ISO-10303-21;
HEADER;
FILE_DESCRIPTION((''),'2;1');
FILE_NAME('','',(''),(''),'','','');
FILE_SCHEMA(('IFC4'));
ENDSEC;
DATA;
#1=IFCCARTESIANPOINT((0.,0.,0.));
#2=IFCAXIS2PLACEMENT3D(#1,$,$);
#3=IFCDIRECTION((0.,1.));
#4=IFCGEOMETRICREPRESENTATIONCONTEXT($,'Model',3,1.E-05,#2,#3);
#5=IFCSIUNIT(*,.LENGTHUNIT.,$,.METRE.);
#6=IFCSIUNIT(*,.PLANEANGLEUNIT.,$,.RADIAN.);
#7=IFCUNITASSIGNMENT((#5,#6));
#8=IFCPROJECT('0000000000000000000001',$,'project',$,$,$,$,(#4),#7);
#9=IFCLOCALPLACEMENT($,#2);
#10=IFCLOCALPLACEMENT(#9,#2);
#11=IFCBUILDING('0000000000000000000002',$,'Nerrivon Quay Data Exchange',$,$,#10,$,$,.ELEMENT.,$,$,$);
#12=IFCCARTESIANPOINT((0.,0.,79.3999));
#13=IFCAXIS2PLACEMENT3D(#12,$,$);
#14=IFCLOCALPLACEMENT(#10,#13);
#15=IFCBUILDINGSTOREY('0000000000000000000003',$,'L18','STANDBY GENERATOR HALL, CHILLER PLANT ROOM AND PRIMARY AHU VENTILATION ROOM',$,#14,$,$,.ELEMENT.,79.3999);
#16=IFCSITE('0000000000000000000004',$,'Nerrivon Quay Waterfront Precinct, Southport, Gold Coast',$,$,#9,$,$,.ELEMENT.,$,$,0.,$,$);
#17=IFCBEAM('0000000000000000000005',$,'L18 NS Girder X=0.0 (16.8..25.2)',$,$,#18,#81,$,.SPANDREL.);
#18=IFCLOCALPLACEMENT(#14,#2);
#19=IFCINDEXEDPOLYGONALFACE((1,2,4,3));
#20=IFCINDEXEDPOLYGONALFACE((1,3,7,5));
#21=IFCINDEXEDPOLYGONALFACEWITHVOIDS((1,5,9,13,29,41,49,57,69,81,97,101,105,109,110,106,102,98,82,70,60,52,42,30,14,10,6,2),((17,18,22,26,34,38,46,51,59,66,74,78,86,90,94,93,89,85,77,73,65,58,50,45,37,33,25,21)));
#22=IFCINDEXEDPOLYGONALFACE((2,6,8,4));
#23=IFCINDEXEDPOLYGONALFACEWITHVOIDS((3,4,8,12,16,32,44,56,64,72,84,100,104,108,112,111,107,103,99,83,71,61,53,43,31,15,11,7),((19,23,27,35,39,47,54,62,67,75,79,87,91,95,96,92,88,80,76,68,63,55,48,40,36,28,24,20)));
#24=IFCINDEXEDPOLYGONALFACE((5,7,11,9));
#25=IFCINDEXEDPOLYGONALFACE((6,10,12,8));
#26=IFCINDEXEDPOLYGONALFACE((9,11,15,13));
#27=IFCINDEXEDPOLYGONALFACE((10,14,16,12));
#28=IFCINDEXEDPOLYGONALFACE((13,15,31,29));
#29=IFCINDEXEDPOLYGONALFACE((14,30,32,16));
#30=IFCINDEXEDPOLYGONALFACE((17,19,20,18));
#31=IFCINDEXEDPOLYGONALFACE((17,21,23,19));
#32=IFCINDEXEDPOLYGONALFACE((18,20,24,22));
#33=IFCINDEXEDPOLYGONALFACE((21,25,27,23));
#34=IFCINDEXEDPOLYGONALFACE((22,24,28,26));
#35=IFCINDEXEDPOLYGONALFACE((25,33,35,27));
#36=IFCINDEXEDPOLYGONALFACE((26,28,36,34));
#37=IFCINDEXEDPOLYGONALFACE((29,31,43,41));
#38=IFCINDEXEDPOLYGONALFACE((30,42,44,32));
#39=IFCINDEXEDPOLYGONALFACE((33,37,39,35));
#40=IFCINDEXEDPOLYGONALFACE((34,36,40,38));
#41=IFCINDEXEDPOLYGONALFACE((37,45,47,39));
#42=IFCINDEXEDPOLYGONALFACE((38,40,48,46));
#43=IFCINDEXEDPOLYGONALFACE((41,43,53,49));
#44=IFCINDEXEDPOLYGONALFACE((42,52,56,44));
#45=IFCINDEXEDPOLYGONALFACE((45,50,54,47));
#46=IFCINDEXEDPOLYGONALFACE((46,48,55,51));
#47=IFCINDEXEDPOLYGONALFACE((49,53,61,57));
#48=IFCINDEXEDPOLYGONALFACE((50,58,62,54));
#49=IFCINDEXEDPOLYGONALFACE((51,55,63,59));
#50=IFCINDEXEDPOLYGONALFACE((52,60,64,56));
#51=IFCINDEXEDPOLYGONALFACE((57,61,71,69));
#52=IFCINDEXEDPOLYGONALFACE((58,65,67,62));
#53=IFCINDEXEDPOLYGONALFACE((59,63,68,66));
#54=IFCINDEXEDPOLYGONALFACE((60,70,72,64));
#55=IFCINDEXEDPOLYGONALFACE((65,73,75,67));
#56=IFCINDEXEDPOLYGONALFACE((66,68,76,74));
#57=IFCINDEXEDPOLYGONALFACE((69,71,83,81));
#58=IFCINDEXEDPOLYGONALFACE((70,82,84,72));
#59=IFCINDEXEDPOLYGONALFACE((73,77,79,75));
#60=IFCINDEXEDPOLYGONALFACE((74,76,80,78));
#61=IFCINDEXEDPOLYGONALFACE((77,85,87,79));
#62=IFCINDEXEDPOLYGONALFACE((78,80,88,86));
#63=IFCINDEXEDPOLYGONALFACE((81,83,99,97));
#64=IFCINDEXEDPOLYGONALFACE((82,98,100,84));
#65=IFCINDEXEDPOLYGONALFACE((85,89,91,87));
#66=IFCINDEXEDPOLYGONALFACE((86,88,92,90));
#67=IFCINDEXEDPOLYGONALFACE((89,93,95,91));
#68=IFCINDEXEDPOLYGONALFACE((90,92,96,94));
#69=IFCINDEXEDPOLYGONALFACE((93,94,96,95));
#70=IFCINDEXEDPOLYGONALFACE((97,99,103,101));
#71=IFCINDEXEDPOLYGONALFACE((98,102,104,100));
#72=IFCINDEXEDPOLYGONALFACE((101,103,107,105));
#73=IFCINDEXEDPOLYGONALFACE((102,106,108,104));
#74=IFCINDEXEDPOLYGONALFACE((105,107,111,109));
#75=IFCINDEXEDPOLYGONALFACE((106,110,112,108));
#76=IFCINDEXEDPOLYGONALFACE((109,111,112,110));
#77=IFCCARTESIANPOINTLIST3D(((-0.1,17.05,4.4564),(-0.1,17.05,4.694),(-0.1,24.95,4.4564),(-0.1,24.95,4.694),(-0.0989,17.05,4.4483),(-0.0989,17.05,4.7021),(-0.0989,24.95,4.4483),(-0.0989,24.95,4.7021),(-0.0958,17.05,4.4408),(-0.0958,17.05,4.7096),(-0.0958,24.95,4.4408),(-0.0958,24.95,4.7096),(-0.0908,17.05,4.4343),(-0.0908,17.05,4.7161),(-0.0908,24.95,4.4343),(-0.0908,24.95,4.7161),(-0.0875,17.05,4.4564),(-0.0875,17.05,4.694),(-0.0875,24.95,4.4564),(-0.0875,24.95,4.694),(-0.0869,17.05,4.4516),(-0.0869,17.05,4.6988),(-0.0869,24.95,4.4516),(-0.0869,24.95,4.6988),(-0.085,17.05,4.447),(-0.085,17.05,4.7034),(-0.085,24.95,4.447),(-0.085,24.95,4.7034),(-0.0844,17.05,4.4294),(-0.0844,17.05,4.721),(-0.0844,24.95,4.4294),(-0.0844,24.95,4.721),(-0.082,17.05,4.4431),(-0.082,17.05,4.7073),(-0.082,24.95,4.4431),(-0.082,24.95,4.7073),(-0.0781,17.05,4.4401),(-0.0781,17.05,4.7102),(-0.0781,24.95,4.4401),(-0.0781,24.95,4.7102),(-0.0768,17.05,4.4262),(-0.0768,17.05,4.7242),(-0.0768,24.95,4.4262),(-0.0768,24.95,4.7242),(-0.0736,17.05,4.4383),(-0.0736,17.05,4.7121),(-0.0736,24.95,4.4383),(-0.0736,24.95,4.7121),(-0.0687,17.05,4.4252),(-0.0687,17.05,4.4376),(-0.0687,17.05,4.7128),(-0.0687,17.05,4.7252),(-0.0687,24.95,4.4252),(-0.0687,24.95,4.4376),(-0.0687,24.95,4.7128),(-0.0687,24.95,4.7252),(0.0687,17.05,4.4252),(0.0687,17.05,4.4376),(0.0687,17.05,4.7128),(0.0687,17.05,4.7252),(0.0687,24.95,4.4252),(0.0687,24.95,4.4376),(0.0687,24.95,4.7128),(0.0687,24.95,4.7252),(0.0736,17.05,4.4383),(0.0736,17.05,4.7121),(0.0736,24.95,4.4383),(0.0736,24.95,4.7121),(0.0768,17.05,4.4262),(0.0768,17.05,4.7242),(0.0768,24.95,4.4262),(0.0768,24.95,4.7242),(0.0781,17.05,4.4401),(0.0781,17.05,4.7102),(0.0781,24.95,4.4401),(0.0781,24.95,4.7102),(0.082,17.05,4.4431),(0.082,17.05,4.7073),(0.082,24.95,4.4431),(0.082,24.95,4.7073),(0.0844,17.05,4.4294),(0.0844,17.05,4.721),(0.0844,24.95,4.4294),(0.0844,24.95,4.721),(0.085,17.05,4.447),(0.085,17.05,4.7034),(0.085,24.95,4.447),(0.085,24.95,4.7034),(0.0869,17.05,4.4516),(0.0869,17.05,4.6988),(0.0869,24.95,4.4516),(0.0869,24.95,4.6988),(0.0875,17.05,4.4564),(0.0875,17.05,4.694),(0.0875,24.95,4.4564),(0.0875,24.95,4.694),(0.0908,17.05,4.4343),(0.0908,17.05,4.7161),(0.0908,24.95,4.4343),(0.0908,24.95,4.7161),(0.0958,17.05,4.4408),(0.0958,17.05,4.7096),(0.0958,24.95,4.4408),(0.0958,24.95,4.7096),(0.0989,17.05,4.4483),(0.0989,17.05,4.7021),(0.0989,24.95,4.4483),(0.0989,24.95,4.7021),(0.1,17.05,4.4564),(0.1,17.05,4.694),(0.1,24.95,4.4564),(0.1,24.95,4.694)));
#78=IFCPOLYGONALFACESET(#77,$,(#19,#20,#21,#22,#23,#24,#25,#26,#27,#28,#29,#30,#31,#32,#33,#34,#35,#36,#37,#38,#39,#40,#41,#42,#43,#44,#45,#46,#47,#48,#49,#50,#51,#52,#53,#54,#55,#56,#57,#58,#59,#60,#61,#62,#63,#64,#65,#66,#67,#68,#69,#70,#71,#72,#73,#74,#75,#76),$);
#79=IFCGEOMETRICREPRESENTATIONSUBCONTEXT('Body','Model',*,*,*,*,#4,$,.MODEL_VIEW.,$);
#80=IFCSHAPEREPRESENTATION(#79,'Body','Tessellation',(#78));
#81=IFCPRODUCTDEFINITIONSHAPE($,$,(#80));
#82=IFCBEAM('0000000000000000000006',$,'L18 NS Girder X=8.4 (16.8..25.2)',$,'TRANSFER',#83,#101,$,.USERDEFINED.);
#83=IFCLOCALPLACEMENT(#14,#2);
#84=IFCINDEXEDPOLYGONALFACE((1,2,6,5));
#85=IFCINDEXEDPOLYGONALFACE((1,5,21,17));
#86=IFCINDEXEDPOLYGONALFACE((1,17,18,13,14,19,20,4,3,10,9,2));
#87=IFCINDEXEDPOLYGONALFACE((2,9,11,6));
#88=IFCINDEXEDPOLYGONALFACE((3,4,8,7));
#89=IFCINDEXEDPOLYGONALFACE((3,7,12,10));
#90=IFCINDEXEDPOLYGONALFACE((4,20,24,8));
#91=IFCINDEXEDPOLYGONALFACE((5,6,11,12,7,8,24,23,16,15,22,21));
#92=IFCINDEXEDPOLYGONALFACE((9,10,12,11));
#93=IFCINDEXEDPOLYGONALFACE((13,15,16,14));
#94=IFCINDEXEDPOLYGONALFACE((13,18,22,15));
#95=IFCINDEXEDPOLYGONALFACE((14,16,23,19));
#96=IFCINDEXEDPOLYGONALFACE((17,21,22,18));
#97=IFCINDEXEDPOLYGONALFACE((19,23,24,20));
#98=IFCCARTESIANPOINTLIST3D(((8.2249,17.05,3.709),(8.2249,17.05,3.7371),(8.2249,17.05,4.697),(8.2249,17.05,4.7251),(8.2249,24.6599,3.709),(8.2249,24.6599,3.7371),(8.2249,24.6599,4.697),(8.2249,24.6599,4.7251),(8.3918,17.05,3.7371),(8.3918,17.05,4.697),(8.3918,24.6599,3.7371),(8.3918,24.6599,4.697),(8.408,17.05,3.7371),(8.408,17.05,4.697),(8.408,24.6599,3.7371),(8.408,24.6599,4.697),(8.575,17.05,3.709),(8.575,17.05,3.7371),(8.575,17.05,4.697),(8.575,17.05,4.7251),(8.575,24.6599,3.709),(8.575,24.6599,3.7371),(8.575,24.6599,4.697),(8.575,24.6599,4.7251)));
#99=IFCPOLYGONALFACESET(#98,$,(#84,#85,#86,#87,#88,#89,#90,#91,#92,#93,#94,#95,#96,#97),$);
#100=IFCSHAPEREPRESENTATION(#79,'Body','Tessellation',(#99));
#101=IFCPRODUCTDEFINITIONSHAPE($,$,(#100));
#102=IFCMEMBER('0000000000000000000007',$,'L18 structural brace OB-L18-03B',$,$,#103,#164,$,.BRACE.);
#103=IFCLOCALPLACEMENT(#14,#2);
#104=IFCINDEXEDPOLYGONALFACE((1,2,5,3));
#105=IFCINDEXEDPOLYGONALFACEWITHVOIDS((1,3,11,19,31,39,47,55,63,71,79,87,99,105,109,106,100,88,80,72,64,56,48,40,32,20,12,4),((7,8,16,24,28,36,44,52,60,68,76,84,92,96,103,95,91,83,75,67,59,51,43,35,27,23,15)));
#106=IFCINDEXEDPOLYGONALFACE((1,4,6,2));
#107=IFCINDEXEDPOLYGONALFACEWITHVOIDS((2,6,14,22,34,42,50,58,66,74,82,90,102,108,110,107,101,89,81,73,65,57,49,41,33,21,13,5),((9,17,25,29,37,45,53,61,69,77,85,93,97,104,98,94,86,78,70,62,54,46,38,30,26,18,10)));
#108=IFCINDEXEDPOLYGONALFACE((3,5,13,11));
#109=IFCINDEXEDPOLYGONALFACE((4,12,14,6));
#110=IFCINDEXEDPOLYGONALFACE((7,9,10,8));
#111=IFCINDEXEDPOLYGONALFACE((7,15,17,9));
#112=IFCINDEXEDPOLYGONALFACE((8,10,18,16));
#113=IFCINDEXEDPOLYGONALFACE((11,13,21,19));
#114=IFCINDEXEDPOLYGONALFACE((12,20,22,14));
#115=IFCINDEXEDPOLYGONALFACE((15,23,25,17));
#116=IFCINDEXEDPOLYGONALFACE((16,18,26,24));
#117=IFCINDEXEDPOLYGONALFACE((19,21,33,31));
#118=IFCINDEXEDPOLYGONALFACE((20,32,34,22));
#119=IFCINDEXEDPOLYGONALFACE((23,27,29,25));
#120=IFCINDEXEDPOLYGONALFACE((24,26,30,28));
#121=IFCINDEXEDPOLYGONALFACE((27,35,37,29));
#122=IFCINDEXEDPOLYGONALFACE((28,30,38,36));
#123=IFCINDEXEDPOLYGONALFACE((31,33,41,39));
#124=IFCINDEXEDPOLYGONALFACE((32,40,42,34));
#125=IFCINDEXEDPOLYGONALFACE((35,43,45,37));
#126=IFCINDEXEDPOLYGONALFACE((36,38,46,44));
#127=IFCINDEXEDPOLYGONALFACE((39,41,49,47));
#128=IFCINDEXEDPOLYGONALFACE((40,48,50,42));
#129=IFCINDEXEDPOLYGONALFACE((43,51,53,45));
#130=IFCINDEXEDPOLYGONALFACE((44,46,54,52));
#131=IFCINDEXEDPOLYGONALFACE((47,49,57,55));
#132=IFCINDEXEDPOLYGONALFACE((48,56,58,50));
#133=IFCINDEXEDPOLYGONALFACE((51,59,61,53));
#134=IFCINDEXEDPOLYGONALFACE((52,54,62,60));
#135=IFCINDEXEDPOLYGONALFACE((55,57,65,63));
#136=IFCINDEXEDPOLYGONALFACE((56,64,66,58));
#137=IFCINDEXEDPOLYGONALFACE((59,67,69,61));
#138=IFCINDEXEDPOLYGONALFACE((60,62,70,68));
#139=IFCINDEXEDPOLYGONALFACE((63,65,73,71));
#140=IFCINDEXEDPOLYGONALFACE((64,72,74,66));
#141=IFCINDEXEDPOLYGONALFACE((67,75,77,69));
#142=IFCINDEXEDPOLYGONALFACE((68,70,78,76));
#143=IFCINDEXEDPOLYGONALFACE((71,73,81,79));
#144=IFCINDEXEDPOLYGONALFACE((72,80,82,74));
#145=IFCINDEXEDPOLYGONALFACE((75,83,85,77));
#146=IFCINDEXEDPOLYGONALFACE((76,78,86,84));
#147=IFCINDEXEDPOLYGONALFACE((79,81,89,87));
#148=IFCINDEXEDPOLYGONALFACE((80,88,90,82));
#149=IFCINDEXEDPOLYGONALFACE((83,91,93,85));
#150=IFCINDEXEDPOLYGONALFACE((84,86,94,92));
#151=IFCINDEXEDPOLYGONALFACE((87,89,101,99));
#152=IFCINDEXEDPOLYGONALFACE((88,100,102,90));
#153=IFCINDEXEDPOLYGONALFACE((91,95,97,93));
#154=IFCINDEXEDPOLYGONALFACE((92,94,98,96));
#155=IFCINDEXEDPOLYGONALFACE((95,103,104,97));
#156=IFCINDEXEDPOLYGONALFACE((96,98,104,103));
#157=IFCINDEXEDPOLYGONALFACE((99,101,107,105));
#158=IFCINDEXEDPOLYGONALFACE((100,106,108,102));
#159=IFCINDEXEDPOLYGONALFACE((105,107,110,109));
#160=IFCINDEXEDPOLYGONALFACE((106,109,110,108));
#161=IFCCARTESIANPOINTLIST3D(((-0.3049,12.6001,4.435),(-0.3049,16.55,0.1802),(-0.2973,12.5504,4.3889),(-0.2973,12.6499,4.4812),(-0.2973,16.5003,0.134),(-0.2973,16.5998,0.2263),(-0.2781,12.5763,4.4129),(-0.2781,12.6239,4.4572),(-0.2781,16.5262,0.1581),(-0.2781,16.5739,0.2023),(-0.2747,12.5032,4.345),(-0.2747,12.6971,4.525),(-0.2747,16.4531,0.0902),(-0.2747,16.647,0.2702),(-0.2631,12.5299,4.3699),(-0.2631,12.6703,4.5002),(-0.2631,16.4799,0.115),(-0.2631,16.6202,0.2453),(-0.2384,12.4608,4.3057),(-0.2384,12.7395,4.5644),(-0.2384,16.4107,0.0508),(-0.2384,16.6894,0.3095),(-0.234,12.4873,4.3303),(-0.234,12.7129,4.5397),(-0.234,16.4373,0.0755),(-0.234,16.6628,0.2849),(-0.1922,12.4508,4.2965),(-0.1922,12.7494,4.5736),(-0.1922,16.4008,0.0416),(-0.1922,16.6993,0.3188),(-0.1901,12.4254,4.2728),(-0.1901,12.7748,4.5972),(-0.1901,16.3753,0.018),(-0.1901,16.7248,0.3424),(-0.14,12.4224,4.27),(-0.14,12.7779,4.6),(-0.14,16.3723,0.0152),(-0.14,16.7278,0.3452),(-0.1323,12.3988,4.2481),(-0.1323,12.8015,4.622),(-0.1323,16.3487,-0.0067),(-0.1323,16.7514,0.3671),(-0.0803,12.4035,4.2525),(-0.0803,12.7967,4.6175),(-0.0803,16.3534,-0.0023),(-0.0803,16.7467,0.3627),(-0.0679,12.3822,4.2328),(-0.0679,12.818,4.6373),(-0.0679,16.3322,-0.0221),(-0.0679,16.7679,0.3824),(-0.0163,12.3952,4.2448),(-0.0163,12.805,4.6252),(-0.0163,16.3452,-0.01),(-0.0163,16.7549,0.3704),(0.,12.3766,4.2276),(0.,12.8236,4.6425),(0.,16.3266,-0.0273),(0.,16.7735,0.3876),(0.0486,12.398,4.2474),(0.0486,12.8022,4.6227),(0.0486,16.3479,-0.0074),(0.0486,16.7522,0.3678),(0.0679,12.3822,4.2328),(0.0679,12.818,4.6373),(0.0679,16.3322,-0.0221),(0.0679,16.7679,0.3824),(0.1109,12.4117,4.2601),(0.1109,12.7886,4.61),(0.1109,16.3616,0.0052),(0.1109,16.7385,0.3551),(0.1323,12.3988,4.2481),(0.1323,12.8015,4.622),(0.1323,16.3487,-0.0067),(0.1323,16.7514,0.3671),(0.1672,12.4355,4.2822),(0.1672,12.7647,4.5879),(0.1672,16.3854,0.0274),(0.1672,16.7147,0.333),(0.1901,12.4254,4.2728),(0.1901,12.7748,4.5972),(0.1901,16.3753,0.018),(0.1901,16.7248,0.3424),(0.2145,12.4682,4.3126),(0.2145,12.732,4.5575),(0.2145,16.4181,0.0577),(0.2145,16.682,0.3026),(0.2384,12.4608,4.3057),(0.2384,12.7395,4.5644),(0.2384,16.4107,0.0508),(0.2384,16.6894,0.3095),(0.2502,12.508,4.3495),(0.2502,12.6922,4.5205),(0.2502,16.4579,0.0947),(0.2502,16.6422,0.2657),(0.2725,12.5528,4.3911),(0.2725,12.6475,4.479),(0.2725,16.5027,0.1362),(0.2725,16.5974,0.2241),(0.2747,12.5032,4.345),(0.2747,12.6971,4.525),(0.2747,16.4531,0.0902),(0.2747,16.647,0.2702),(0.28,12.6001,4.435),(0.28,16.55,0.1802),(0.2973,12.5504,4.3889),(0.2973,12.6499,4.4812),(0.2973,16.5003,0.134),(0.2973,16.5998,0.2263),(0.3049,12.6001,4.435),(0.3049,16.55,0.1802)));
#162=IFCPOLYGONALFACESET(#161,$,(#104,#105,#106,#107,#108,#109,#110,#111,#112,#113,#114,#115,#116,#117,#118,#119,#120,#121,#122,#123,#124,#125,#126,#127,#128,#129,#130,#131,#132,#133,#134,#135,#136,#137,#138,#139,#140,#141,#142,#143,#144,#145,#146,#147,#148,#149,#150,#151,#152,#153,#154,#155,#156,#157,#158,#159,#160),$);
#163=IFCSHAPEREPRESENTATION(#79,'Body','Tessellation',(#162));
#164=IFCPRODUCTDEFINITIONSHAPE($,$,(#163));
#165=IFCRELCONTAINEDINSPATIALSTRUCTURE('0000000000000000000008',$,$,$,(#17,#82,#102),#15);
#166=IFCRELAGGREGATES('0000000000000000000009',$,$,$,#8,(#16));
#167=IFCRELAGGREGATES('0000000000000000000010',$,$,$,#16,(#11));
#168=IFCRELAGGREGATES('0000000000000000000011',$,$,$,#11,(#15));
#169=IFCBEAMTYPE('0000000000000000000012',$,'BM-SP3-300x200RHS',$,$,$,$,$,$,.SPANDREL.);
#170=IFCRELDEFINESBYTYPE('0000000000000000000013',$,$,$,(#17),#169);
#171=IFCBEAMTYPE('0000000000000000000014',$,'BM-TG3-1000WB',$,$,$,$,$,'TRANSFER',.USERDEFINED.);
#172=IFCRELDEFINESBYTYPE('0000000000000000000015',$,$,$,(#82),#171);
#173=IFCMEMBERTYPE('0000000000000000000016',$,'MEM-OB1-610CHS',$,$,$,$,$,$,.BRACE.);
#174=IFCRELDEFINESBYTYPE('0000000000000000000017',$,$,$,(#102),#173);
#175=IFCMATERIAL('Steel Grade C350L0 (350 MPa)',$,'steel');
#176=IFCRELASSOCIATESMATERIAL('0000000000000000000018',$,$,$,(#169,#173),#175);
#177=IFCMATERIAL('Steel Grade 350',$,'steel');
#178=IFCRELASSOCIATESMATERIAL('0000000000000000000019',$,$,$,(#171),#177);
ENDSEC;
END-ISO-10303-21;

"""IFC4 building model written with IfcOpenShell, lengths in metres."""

from ifc_helpers import new_model, si_unit, direction, frame, origin, origin_2d, place, context, subcontext, project, spatial, hollow_rectangle, hollow_circle, i_section, extrude, material, material_profile, profile_set, type_object, element, save


model = new_model("IFC4")

# Units and contexts
model_context = context("Model", 3, precision=1e-05, world=origin(), true_north=direction((0.0, 1.0)))
body_context = subcontext(model_context, "Body", "Model", "MODEL_VIEW")
ifc_project = project(units=[si_unit("LENGTHUNIT", "METRE"), si_unit("PLANEANGLEUNIT", "RADIAN")], contexts=[model_context])

# Site, building, storey
site_placement = place(None, origin())
site = spatial("IfcSite", under=ifc_project, at=site_placement, Name="Nerrivon Quay Waterfront Precinct, Southport, Gold Coast", CompositionType="ELEMENT", RefElevation=0.0)
building_placement = place(site_placement, origin())
building = spatial("IfcBuilding", under=site, at=building_placement, Name="Nerrivon Quay Data Exchange", CompositionType="ELEMENT")
storey_placement = place(building_placement, frame((0.0, 0.0, 79.3999)))
storey = spatial("IfcBuildingStorey", under=building, at=storey_placement, Name="L18", Description="STANDBY GENERATOR HALL, CHILLER PLANT ROOM AND PRIMARY AHU VENTILATION ROOM", CompositionType="ELEMENT", Elevation=79.3999)

# Shared definitions
ifc_material_1 = material(Name="Steel Grade 350", Category="steel")

# Beams
ifc_material_2 = material(Name="Steel Grade C350L0 (350 MPa)", Category="steel")
ifc_material_profile_1 = material_profile(ifc_material_2, hollow_rectangle(XDim=0.2, YDim=0.3, WallThickness=0.0125, InnerFilletRadius=0.0188, OuterFilletRadius=0.0312, at=origin_2d()), Name="300x200x12.5RHS")
ifc_profile_set_1 = profile_set([ifc_material_profile_1], Name="Steel Grade C350L0 (350 MPa)")
beam_type_1 = type_object("IfcBeamType", Name="BM-SP3-300x200RHS", PredefinedType="SPANDREL", material=ifc_profile_set_1)
beam_1_placement = place(storey_placement, frame((0.0, 17.05, 4.5752), z_axis=(0.0, 1.0, 0.0), x_axis=(-1.0, 0.0, 0.0)))
element("IfcBeam", 1, at=beam_1_placement, inside=storey, type_object=beam_type_1, Name="L18 NS Girder X=0.0 (16.8..25.2)", PredefinedType="SPANDREL", context=body_context, shape_type="SweptSolid", body=[
    extrude(hollow_rectangle(XDim=0.2, YDim=0.3, WallThickness=0.0125, InnerFilletRadius=0.0188, OuterFilletRadius=0.0312, at=origin_2d()), origin(), (0.0, 0.0, 1.0), 7.8999),
])
ifc_material_profile_2 = material_profile(ifc_material_1, i_section(OverallWidth=0.3501, OverallDepth=1.0161, WebThickness=0.0161, FlangeThickness=0.0281, at=origin_2d()), Name="1000WB258")
ifc_profile_set_2 = profile_set([ifc_material_profile_2], Name="Steel Grade 350")
beam_type_2 = type_object("IfcBeamType", Name="BM-TG3-1000WB", ElementType="TRANSFER", PredefinedType="USERDEFINED", material=ifc_profile_set_2)
beam_2_placement = place(storey_placement, frame((8.3999, 17.05, 4.217), z_axis=(0.0, 1.0, 0.0), x_axis=(-1.0, 0.0, 0.0)))
element("IfcBeam", 2, at=beam_2_placement, inside=storey, type_object=beam_type_2, Name="L18 NS Girder X=8.4 (16.8..25.2)", ObjectType="TRANSFER", PredefinedType="USERDEFINED", context=body_context, shape_type="SweptSolid", body=[
    extrude(i_section(OverallWidth=0.3501, OverallDepth=1.0161, WebThickness=0.0161, FlangeThickness=0.0281, at=origin_2d()), origin(), (0.0, 0.0, 1.0), 7.6099),
])

# Member
ifc_material_profile_3 = material_profile(ifc_material_2, hollow_circle(Radius=0.3049, WallThickness=0.0249, at=origin_2d()), Name="610.0x25.0CHS")
ifc_profile_set_3 = profile_set([ifc_material_profile_3], Name="Steel Grade C350L0 (350 MPa)")
member_type = type_object("IfcMemberType", Name="MEM-OB1-610CHS", PredefinedType="BRACE", material=ifc_profile_set_3)
for number, where, z_axis, x_axis, name in (
    (3, (0.0, 16.55, 0.1802), (0.0, -0.680358, 0.73288), (1.0, 0.0, 0.0), "L18 structural brace OB-L18-03B"),
):
    element("IfcMember", number, at=place(storey_placement, frame(where, z_axis=z_axis, x_axis=x_axis)), inside=storey, type_object=member_type, Name=name, PredefinedType="BRACE", context=body_context, shape_type="SweptSolid", body=[
        extrude(hollow_circle(Radius=0.3049, WallThickness=0.0249, at=origin_2d()), origin(), (0.0, 0.0, 1.0), 5.8057),
    ])

save(model, "model.ifc")
